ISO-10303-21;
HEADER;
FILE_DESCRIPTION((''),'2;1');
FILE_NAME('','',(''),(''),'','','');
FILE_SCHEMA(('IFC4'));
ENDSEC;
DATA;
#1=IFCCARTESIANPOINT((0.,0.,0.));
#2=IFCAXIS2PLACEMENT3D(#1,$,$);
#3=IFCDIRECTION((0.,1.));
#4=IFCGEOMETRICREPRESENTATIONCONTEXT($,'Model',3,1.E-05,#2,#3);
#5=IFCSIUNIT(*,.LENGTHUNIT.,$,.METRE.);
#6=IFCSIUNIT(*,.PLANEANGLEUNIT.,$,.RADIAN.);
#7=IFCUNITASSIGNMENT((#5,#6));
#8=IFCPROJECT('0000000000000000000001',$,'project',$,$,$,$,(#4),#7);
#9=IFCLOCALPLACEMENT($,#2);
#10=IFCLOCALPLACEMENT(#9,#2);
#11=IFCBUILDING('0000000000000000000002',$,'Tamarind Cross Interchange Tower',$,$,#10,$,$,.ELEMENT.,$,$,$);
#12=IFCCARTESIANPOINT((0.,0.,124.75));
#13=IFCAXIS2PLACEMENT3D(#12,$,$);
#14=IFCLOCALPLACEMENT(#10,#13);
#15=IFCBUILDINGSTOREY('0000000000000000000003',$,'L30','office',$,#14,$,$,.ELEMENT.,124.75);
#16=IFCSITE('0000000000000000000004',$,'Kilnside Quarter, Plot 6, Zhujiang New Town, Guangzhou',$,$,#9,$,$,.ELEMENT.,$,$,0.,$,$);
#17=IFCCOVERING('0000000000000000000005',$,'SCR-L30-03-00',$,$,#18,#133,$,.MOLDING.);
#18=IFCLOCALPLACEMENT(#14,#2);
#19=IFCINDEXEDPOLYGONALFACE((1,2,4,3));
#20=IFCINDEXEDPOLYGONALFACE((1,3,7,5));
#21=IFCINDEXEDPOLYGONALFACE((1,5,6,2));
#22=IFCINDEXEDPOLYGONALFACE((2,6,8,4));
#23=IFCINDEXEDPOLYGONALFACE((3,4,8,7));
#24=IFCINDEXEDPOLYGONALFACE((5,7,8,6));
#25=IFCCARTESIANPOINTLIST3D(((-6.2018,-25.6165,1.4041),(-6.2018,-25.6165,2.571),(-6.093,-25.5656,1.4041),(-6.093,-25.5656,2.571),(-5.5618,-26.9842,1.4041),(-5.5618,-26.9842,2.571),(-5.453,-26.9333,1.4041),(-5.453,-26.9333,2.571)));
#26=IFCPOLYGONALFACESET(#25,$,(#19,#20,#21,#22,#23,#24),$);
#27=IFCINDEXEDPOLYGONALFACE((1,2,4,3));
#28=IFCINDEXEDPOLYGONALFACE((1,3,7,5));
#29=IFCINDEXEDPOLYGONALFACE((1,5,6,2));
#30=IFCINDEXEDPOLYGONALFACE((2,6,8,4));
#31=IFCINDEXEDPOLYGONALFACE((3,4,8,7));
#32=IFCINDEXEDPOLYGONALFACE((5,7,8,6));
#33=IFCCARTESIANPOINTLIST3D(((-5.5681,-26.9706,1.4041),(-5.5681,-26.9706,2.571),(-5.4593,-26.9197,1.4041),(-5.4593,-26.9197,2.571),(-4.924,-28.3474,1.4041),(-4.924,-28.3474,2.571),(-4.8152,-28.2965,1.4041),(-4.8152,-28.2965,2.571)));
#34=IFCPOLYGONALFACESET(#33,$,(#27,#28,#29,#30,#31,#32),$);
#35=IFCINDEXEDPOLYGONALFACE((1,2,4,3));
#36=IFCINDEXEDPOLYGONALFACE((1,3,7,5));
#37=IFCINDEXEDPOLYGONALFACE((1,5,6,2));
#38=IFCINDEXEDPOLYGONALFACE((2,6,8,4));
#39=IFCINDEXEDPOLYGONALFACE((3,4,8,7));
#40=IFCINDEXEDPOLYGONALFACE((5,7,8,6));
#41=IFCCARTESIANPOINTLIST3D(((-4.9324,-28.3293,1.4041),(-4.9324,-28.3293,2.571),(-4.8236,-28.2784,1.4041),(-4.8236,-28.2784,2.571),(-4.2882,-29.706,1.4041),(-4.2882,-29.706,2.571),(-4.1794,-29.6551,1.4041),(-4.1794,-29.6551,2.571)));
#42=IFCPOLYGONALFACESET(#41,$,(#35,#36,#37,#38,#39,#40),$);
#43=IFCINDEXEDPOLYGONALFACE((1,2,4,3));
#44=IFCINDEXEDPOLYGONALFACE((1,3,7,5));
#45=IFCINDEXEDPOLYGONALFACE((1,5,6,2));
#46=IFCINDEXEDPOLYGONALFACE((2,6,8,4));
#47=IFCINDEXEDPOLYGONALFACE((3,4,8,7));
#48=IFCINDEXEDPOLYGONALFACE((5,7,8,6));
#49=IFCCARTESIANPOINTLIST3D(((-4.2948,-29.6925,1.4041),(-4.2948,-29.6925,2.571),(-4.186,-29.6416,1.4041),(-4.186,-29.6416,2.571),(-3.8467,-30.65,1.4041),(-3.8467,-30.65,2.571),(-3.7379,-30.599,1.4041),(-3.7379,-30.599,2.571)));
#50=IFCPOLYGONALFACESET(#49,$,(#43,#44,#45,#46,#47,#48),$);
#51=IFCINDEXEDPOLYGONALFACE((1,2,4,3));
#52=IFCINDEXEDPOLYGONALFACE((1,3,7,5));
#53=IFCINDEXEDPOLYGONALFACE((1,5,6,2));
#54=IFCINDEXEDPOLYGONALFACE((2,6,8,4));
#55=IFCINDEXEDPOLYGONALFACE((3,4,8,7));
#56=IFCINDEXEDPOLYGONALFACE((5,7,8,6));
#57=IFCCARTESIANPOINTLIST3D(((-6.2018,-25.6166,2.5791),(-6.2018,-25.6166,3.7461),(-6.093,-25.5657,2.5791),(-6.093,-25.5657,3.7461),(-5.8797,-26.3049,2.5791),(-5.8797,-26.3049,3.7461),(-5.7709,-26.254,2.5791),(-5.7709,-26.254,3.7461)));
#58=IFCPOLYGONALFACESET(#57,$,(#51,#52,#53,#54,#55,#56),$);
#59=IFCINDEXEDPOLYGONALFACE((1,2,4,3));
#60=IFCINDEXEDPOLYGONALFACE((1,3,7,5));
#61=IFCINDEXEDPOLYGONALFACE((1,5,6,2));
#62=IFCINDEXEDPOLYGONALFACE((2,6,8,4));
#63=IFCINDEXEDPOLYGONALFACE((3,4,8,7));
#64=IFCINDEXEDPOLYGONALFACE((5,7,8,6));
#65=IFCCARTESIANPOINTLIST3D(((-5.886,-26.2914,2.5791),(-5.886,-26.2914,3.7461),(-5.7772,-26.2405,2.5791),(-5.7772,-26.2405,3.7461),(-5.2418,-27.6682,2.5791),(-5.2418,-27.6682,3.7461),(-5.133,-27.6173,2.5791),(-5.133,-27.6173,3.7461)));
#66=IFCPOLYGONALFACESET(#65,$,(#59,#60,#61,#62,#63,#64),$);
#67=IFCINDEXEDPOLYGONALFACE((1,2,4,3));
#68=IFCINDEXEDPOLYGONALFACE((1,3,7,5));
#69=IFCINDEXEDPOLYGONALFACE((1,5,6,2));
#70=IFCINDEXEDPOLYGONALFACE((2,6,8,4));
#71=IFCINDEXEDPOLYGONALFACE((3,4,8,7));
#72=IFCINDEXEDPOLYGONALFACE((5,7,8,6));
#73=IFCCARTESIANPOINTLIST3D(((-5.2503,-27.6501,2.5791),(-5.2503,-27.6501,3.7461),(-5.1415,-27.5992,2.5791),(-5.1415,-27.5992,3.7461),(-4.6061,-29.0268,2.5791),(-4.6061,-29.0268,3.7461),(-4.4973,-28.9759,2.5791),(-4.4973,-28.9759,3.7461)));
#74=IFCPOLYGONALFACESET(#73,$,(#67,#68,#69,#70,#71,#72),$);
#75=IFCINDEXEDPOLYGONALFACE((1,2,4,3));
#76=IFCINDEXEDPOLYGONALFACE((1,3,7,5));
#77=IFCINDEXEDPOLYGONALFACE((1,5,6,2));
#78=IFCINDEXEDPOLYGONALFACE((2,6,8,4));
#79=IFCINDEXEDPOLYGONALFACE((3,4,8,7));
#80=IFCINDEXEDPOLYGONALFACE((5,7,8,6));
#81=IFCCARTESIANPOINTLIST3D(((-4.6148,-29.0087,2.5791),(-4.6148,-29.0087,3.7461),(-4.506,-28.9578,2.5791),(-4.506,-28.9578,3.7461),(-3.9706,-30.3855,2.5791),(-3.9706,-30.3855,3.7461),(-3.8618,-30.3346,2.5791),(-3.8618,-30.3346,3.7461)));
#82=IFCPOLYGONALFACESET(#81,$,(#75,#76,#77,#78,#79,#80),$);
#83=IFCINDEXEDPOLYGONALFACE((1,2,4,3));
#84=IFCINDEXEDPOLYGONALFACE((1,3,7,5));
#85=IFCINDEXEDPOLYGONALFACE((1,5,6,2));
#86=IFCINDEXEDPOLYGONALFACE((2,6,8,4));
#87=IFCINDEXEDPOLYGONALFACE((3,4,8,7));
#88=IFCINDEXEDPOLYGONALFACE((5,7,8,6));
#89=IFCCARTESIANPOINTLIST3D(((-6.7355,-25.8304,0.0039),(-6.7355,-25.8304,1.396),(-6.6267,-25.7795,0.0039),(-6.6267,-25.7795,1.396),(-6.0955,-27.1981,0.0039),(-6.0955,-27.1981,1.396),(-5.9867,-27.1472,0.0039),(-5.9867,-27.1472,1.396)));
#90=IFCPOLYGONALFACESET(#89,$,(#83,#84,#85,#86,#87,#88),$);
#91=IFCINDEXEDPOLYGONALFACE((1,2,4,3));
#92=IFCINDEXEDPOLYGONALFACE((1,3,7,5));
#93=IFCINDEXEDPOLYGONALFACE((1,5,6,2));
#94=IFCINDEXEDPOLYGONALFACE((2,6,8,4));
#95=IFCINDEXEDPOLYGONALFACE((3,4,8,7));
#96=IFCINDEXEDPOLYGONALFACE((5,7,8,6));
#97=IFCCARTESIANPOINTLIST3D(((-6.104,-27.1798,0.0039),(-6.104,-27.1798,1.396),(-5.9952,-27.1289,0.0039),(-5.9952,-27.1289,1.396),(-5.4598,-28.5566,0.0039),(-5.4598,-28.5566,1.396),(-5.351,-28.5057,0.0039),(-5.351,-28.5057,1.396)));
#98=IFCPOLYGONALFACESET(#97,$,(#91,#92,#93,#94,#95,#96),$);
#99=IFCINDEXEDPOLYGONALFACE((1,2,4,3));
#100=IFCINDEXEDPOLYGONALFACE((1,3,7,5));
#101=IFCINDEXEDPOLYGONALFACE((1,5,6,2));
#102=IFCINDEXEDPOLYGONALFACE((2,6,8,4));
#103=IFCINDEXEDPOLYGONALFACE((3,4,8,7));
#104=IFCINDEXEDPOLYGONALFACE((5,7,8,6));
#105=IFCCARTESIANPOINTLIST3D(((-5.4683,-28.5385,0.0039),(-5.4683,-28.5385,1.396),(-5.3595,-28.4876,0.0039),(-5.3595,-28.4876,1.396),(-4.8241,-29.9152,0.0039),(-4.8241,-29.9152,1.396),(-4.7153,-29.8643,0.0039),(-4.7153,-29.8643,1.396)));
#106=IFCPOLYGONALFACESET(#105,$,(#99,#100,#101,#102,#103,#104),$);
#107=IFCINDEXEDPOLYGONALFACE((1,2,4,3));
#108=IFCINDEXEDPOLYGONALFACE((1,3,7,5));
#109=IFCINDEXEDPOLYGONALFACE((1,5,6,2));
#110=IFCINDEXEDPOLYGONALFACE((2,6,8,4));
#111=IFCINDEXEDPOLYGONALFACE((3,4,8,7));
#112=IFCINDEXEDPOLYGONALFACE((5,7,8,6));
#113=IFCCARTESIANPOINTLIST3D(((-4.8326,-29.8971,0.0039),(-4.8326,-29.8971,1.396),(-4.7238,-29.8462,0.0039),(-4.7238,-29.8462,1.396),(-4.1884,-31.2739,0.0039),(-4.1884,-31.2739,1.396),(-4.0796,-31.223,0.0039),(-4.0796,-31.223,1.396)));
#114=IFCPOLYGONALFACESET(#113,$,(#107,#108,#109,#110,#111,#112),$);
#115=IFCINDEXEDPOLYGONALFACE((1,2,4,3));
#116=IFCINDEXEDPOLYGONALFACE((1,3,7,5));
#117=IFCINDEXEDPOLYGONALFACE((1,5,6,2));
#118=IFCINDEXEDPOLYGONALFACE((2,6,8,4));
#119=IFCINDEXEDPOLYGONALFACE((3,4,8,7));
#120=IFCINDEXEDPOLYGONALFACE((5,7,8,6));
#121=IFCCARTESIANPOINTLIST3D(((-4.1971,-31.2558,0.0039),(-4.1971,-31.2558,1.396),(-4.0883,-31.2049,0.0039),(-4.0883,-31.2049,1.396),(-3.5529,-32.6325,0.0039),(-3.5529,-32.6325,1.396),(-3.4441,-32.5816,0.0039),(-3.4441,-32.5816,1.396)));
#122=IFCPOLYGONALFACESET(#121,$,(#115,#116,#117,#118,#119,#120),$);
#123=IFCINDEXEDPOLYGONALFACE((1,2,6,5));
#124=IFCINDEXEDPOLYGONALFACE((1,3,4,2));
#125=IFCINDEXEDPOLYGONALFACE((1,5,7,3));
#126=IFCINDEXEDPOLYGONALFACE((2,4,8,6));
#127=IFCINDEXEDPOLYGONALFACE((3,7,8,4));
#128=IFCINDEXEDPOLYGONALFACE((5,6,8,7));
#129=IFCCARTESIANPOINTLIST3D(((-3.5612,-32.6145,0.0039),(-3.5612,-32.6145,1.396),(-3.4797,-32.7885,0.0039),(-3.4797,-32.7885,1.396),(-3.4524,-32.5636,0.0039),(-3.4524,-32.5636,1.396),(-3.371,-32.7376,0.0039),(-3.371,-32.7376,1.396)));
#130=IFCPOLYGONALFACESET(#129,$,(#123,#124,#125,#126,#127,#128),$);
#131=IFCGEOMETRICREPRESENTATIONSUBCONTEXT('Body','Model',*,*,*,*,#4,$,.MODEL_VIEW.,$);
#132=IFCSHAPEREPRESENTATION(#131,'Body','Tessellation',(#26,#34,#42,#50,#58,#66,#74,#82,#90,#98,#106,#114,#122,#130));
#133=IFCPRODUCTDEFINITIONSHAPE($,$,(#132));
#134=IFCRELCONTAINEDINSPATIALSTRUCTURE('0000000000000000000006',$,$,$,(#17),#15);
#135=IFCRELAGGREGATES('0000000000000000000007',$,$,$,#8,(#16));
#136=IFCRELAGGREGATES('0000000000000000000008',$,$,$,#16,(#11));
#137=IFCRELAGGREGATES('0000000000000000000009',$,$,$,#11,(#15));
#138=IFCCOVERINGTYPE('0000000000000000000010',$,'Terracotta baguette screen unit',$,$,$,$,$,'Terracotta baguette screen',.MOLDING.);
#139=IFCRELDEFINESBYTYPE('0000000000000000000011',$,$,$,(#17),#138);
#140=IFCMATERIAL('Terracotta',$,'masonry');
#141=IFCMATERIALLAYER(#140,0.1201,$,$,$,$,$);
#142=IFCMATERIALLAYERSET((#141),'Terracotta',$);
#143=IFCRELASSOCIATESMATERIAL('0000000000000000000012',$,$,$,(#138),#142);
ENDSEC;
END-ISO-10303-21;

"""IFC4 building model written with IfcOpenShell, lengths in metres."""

from ifc_helpers import new_model, si_unit, direction, frame, origin, origin_2d, place, context, subcontext, project, spatial, rectangle, extrude, material, layer, layer_set, type_object, element, save


model = new_model("IFC4")

# Units and contexts
model_context = context("Model", 3, precision=1e-05, world=origin(), true_north=direction((0.0, 1.0)))
body_context = subcontext(model_context, "Body", "Model", "MODEL_VIEW")
ifc_project = project(units=[si_unit("LENGTHUNIT", "METRE"), si_unit("PLANEANGLEUNIT", "RADIAN")], contexts=[model_context])

# Site, building, storey
site_placement = place(None, origin())
site = spatial("IfcSite", under=ifc_project, at=site_placement, Name="Kilnside Quarter, Plot 6, Zhujiang New Town, Guangzhou", CompositionType="ELEMENT", RefElevation=0.0)
building_placement = place(site_placement, origin())
building = spatial("IfcBuilding", under=site, at=building_placement, Name="Tamarind Cross Interchange Tower", CompositionType="ELEMENT")
storey_placement = place(building_placement, frame((0.0, 0.0, 124.75)))
storey = spatial("IfcBuildingStorey", under=building, at=storey_placement, Name="L30", Description="office", CompositionType="ELEMENT", Elevation=124.75)

# Covering
ifc_material_1 = material(Name="Terracotta", Category="masonry")
ifc_layer_1 = layer(ifc_material_1, 0.1201)
ifc_layer_set_1 = layer_set([ifc_layer_1], Name="Terracotta")
covering_type = type_object("IfcCoveringType", Name="Terracotta baguette screen unit", ElementType="Terracotta baguette screen", PredefinedType="MOLDING", material=ifc_layer_set_1)
covering_1_placement = place(storey_placement, origin())
element("IfcCovering", 1, at=covering_1_placement, inside=storey, type_object=covering_type, Name="SCR-L30-03-00", PredefinedType="MOLDING", context=body_context, shape_type="SweptSolid", body=[
    extrude(rectangle(XDim=1.51, YDim=0.1201, at=origin_2d()), frame((-5.8274, -26.2749, 1.4041), z_axis=(0.0, 0.0, 1.0), x_axis=(0.423807, -0.905752, 0.0)), (0.0, 0.0, 1.0), 1.167),
    extrude(rectangle(XDim=1.52, YDim=0.1201, at=origin_2d()), frame((-5.1917, -27.6335, 1.4041), z_axis=(0.0, 0.0, 1.0), x_axis=(0.423807, -0.905752, 0.0)), (0.0, 0.0, 1.0), 1.167),
    extrude(rectangle(XDim=1.52, YDim=0.1201, at=origin_2d()), frame((-4.5559, -28.9922, 1.4041), z_axis=(0.0, 0.0, 1.0), x_axis=(0.423807, -0.905752, 0.0)), (0.0, 0.0, 1.0), 1.167),
    extrude(rectangle(XDim=1.0571, YDim=0.1201, at=origin_2d()), frame((-4.0164, -30.1458, 1.4041), z_axis=(0.0, 0.0, 1.0), x_axis=(0.423807, -0.905752, 0.0)), (0.0, 0.0, 1.0), 1.167),
    extrude(rectangle(XDim=0.76, YDim=0.1201, at=origin_2d()), frame((-5.9863, -25.9353, 2.5791), z_axis=(0.0, 0.0, 1.0), x_axis=(0.423807, -0.905752, 0.0)), (0.0, 0.0, 1.0), 1.167),
    extrude(rectangle(XDim=1.52, YDim=0.1201, at=origin_2d()), frame((-5.5095, -26.9543, 2.5791), z_axis=(0.0, 0.0, 1.0), x_axis=(0.423807, -0.905752, 0.0)), (0.0, 0.0, 1.0), 1.167),
    extrude(rectangle(XDim=1.52, YDim=0.1201, at=origin_2d()), frame((-4.8738, -28.313, 2.5791), z_axis=(0.0, 0.0, 1.0), x_axis=(0.423807, -0.905752, 0.0)), (0.0, 0.0, 1.0), 1.167),
    extrude(rectangle(XDim=1.52, YDim=0.1201, at=origin_2d()), frame((-4.2383, -29.6716, 2.5791), z_axis=(0.0, 0.0, 1.0), x_axis=(0.423807, -0.905752, 0.0)), (0.0, 0.0, 1.0), 1.167),
    extrude(rectangle(XDim=1.51, YDim=0.1201, at=origin_2d()), frame((-6.3611, -26.4888, 0.0039), z_axis=(0.0, 0.0, 1.0), x_axis=(0.423807, -0.905752, 0.0)), (0.0, 0.0, 1.0), 1.3921),
    extrude(rectangle(XDim=1.52, YDim=0.1201, at=origin_2d()), frame((-5.7275, -27.8428, 0.0039), z_axis=(0.0, 0.0, 1.0), x_axis=(0.423807, -0.905752, 0.0)), (0.0, 0.0, 1.0), 1.3921),
    extrude(rectangle(XDim=1.52, YDim=0.1201, at=origin_2d()), frame((-5.0918, -29.2014, 0.0039), z_axis=(0.0, 0.0, 1.0), x_axis=(0.423807, -0.905752, 0.0)), (0.0, 0.0, 1.0), 1.3921),
    extrude(rectangle(XDim=1.52, YDim=0.1201, at=origin_2d()), frame((-4.4561, -30.5601, 0.0039), z_axis=(0.0, 0.0, 1.0), x_axis=(0.423807, -0.905752, 0.0)), (0.0, 0.0, 1.0), 1.3921),
    extrude(rectangle(XDim=1.52, YDim=0.1201, at=origin_2d()), frame((-3.8206, -31.9187, 0.0039), z_axis=(0.0, 0.0, 1.0), x_axis=(0.423807, -0.905752, 0.0)), (0.0, 0.0, 1.0), 1.3921),
    extrude(rectangle(XDim=0.1921, YDim=0.1201, at=origin_2d()), frame((-3.4661, -32.676, 0.0039), z_axis=(0.0, 0.0, 1.0), x_axis=(0.423807, -0.905752, 0.0)), (0.0, 0.0, 1.0), 1.3921),
])

save(model, "model.ifc")
